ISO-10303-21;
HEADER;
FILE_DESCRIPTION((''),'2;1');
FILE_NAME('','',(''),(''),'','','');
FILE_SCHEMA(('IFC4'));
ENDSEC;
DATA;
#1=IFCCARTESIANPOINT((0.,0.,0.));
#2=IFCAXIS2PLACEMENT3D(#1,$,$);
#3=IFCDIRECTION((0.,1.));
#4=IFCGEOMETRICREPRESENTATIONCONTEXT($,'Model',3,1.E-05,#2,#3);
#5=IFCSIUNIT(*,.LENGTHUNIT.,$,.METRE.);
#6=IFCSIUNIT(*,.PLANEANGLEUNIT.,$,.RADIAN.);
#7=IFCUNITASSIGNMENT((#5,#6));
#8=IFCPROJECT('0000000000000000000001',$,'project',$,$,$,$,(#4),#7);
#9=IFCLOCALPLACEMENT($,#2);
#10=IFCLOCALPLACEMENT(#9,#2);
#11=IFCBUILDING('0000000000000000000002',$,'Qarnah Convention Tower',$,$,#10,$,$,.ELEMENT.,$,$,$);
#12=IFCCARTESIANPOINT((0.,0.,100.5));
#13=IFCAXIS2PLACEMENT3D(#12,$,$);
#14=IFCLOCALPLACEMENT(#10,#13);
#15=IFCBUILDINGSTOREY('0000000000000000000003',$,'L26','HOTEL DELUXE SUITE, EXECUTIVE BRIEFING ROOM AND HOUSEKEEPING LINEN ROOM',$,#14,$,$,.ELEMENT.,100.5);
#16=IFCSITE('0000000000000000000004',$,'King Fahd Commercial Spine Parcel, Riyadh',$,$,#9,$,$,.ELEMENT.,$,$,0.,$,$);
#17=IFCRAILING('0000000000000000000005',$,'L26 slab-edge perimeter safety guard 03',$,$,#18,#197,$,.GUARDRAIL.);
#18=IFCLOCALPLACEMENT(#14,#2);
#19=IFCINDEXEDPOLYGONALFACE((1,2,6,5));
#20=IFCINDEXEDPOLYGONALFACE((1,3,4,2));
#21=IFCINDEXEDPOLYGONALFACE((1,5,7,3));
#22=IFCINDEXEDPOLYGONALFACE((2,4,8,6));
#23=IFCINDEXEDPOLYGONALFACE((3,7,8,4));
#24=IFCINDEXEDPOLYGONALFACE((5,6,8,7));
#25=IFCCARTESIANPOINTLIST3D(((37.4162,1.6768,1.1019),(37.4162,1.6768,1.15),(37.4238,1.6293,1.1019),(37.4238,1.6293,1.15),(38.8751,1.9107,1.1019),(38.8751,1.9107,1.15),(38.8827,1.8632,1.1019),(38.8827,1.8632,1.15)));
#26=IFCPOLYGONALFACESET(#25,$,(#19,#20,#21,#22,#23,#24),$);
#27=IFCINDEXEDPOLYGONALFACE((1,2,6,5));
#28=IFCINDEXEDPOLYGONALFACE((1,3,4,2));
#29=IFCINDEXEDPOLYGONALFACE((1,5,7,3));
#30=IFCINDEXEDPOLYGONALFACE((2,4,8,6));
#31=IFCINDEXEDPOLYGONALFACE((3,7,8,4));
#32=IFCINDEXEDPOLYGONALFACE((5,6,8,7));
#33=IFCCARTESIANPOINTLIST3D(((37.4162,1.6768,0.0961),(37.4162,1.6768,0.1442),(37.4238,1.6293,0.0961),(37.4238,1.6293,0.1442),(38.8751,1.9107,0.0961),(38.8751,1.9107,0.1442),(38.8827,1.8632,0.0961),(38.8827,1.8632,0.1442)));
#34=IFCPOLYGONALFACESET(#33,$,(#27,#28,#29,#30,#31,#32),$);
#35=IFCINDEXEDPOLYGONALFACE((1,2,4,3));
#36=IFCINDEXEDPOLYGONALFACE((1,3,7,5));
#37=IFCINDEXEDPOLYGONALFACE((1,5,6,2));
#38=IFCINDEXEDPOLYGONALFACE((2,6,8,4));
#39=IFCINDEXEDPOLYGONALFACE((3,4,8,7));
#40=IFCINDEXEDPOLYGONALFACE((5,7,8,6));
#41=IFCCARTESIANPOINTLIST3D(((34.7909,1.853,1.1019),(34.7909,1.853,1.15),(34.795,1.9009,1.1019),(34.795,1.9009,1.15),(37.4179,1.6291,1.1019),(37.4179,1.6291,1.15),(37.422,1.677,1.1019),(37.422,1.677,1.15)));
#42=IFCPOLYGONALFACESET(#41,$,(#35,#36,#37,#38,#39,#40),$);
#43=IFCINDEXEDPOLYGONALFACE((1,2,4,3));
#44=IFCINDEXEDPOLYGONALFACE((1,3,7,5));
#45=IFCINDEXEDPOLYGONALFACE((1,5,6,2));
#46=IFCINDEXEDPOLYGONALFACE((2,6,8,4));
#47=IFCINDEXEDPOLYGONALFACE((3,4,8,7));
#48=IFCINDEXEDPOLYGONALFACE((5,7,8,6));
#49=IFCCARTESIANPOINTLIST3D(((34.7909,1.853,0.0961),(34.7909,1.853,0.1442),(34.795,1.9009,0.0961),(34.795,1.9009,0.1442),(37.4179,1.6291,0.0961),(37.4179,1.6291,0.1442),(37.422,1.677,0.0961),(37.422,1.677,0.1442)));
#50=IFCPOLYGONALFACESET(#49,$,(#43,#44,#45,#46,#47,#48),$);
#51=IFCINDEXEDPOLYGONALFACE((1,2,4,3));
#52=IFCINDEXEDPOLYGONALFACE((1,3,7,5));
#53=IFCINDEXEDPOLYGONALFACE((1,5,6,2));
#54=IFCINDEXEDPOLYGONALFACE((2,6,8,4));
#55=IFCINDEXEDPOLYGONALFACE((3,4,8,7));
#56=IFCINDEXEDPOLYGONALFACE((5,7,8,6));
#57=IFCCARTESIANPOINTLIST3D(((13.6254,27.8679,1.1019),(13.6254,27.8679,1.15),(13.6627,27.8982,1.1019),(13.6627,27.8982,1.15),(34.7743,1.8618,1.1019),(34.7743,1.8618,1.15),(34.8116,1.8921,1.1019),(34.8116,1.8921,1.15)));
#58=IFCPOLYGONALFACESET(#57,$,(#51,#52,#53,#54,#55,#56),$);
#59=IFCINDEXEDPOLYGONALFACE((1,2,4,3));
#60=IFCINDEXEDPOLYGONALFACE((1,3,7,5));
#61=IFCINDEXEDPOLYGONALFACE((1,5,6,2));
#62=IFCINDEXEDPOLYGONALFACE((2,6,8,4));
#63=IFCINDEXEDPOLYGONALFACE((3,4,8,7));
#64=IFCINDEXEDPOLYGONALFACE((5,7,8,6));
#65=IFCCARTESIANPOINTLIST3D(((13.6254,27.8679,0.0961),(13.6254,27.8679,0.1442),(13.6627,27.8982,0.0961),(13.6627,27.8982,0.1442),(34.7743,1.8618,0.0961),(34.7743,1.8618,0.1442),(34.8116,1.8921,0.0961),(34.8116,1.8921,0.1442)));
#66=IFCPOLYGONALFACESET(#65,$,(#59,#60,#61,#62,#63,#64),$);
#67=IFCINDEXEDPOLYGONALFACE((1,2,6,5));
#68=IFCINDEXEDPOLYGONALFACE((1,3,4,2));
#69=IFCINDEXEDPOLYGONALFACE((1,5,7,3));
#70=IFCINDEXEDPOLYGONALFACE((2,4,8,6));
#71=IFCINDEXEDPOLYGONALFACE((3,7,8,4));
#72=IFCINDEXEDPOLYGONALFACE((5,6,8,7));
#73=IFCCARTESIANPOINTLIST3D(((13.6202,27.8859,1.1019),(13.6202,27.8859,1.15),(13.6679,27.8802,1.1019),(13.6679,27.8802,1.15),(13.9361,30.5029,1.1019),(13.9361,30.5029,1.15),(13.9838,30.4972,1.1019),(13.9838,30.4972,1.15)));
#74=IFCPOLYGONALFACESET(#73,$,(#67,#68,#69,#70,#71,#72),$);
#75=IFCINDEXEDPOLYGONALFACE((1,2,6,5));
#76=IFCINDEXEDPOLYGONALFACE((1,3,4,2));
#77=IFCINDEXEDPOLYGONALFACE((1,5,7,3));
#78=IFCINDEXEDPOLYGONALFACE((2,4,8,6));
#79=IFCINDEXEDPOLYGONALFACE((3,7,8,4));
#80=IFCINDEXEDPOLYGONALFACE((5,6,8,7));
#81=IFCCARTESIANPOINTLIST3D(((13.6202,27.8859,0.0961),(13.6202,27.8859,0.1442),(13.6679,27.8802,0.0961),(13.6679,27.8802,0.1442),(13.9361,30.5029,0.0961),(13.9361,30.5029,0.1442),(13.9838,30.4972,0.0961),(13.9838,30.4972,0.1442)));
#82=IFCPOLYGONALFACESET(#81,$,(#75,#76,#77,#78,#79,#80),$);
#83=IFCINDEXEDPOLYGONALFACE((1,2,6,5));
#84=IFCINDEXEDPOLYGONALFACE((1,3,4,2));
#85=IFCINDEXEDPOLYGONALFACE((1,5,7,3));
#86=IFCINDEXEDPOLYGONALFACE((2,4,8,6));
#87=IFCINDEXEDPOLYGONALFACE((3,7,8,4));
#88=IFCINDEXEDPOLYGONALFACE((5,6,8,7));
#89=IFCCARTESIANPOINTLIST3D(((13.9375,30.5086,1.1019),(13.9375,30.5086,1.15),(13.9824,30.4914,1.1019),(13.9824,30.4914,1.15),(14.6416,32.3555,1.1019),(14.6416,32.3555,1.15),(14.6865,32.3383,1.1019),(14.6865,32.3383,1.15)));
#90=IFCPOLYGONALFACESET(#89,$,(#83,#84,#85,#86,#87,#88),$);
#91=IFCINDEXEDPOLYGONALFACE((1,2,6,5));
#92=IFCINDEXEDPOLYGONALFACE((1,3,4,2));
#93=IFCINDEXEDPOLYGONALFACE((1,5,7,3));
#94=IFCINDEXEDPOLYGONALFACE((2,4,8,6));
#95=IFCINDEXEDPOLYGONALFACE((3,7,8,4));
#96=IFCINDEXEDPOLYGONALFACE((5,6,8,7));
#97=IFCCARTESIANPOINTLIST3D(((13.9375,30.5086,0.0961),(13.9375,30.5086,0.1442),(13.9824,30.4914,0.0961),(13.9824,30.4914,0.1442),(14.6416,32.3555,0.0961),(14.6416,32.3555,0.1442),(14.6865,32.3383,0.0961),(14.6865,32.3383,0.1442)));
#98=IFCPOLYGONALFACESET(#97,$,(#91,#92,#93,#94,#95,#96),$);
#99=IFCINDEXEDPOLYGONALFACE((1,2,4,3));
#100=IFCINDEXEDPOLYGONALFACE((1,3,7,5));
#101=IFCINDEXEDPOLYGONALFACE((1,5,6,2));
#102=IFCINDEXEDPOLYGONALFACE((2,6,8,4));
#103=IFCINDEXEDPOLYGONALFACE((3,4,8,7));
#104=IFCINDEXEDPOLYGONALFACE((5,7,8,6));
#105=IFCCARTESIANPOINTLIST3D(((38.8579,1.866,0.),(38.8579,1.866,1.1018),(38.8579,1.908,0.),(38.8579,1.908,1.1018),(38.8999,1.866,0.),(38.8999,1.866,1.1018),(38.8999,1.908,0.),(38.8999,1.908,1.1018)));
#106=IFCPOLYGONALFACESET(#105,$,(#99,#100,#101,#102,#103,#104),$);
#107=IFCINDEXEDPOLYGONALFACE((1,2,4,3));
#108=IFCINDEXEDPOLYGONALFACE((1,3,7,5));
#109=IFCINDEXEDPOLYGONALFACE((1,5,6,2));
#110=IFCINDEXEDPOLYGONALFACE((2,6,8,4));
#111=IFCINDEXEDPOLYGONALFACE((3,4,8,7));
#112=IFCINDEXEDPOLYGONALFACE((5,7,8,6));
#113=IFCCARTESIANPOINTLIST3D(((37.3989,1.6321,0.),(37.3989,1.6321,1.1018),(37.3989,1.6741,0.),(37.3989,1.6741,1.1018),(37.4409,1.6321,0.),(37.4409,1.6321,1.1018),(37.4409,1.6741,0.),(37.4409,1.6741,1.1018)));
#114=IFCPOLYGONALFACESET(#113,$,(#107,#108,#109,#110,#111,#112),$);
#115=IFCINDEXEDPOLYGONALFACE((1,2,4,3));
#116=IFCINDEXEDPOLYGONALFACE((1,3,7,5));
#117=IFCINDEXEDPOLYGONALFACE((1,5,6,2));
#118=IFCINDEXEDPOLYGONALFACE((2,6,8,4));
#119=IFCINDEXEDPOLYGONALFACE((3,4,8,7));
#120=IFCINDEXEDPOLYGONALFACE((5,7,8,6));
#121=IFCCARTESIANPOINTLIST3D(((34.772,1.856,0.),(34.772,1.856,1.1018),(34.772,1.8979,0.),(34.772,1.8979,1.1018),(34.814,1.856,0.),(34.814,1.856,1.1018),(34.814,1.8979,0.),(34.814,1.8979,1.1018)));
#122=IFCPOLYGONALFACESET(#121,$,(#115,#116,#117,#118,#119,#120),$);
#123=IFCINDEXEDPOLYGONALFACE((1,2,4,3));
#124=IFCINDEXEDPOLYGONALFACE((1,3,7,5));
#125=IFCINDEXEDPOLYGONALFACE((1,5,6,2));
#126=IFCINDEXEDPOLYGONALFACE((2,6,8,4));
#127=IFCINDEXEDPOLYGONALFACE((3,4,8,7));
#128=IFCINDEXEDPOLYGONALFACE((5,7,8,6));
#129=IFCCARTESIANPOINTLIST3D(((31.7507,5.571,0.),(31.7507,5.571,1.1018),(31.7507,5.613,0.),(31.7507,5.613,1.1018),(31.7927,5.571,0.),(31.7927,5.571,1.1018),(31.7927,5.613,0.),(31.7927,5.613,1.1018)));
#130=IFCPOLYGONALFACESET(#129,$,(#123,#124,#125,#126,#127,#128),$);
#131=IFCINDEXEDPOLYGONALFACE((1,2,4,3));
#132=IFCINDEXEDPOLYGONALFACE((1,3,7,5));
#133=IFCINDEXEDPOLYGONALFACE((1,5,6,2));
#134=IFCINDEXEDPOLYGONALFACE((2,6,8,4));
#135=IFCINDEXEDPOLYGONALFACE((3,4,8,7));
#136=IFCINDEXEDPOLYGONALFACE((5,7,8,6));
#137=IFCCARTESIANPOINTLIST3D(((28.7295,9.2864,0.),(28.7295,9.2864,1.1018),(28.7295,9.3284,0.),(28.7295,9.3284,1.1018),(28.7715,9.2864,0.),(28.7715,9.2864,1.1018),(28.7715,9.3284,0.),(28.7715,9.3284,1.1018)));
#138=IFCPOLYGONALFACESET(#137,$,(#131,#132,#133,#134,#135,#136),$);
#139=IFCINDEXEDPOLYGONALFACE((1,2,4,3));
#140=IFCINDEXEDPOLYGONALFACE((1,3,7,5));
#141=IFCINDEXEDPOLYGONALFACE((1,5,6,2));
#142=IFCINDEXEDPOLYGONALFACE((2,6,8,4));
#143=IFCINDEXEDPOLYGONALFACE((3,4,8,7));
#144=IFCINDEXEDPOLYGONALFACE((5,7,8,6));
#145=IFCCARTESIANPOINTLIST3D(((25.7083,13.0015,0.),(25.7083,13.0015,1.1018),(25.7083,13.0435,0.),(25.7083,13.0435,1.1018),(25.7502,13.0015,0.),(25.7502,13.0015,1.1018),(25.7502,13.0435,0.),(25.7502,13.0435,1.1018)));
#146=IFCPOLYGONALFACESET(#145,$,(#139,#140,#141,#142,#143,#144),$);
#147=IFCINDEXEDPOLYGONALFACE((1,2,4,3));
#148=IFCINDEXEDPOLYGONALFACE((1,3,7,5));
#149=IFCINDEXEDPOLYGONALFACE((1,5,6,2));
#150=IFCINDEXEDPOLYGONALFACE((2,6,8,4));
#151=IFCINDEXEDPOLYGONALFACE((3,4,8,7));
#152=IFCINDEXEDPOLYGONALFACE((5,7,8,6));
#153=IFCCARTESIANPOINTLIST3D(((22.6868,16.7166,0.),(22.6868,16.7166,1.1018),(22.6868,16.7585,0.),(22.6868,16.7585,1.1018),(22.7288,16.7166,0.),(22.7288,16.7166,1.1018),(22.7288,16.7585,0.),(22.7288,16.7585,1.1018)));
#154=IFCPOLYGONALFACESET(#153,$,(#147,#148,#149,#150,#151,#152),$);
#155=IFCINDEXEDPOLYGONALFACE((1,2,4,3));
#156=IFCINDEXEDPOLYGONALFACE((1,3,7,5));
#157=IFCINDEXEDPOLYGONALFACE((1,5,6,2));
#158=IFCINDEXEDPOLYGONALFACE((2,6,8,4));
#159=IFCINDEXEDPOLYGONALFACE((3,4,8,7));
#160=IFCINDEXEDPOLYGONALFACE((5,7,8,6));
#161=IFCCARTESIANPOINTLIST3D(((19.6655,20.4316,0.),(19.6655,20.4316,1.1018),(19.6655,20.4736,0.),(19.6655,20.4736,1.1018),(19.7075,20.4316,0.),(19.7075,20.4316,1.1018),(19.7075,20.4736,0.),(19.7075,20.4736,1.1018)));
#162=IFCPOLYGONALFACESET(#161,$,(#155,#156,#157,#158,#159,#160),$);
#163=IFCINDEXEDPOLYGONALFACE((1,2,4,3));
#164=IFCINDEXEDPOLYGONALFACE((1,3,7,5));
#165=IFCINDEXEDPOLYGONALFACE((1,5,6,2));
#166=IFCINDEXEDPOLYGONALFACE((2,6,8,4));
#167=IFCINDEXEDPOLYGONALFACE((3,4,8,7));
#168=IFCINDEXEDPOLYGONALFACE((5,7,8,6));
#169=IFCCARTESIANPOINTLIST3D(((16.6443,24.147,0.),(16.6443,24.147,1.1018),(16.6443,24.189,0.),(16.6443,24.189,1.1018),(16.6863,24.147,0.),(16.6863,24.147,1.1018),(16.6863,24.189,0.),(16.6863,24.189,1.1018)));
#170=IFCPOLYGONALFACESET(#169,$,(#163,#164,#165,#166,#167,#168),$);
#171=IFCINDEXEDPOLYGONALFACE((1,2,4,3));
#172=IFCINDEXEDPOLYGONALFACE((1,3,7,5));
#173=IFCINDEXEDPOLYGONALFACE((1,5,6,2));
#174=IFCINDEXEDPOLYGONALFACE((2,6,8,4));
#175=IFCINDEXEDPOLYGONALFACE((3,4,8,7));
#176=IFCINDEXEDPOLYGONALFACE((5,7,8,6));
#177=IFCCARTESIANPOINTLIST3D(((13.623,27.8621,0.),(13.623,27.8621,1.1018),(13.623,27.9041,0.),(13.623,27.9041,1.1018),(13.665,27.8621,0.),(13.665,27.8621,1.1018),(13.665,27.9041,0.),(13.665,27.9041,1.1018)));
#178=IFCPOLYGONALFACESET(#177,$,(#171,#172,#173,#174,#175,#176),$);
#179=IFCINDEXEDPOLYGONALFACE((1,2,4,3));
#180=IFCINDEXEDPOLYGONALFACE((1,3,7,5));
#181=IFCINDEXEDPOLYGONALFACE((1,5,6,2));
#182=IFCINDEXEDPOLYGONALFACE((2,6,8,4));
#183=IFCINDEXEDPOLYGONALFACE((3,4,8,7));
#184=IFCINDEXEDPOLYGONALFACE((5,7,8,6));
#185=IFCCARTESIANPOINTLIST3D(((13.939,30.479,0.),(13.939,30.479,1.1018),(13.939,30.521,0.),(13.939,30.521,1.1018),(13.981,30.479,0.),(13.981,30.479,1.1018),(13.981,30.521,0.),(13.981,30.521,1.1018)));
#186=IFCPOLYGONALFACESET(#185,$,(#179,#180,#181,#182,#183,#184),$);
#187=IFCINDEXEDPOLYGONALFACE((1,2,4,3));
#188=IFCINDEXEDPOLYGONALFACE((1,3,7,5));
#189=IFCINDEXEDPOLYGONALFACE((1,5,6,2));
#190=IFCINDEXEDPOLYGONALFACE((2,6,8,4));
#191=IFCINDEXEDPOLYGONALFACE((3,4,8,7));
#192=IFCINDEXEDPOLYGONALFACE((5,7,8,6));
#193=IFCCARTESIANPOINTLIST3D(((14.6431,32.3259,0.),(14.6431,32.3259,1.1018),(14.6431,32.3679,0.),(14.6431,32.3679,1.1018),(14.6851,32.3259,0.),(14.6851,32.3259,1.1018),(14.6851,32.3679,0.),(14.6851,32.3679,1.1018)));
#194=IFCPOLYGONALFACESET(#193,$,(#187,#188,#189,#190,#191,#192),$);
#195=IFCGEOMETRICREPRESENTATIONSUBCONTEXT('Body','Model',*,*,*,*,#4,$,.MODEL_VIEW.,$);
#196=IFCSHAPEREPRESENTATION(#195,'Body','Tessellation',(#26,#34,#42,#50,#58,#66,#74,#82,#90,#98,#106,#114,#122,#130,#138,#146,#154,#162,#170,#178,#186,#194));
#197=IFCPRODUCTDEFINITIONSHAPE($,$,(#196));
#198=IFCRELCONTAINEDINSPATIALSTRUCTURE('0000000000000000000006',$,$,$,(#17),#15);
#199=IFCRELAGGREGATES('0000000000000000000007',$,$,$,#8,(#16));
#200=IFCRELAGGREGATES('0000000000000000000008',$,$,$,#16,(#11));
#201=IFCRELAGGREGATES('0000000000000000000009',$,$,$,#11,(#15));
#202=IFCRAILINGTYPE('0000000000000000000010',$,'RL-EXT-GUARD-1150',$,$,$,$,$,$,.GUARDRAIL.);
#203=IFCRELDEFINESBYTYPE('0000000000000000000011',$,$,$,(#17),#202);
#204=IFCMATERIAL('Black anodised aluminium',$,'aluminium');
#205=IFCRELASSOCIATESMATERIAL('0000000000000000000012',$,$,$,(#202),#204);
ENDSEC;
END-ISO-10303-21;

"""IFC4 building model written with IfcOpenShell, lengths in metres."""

from ifc_helpers import new_model, si_unit, direction, frame, origin, origin_2d, place, context, subcontext, project, spatial, rectangle, extrude, material, type_object, element, save


model = new_model("IFC4")

# Units and contexts
model_context = context("Model", 3, precision=1e-05, world=origin(), true_north=direction((0.0, 1.0)))
body_context = subcontext(model_context, "Body", "Model", "MODEL_VIEW")
ifc_project = project(units=[si_unit("LENGTHUNIT", "METRE"), si_unit("PLANEANGLEUNIT", "RADIAN")], contexts=[model_context])

# Site, building, storey
site_placement = place(None, origin())
site = spatial("IfcSite", under=ifc_project, at=site_placement, Name="King Fahd Commercial Spine Parcel, Riyadh", CompositionType="ELEMENT", RefElevation=0.0)
building_placement = place(site_placement, origin())
building = spatial("IfcBuilding", under=site, at=building_placement, Name="Qarnah Convention Tower", CompositionType="ELEMENT")
storey_placement = place(building_placement, frame((0.0, 0.0, 100.5)))
storey = spatial("IfcBuildingStorey", under=building, at=storey_placement, Name="L26", Description="HOTEL DELUXE SUITE, EXECUTIVE BRIEFING ROOM AND HOUSEKEEPING LINEN ROOM", CompositionType="ELEMENT", Elevation=100.5)

# Shared definitions
ifc_material_1 = material(Name="Black anodised aluminium", Category="aluminium")

# Railing
railing_type = type_object("IfcRailingType", Name="RL-EXT-GUARD-1150", PredefinedType="GUARDRAIL", material=ifc_material_1)
railing_1_placement = place(storey_placement, frame((38.8789, 1.887, 0.0)))
element("IfcRailing", 1, at=railing_1_placement, inside=storey, type_object=railing_type, Name="L26 slab-edge perimeter safety guard 03", PredefinedType="GUARDRAIL", context=body_context, shape_type="SweptSolid", body=[
    extrude(rectangle(XDim=0.0481, YDim=0.0481, at=origin_2d()), frame((0.0, 0.0, 1.126), z_axis=(-0.987393, -0.158287, 0.0), x_axis=(0.158287, -0.987393, 0.0)), (0.0, 0.0, 1.0), 1.4775),
    extrude(rectangle(XDim=0.0481, YDim=0.0481, at=origin_2d()), frame((0.0, 0.0, 0.1201), z_axis=(-0.987393, -0.158287, 0.0), x_axis=(0.158287, -0.987393, 0.0)), (0.0, 0.0, 1.0), 1.4775),
    extrude(rectangle(XDim=0.0481, YDim=0.0481, at=origin_2d()), frame((-1.459, -0.2339, 1.126), z_axis=(-0.996388, 0.084915, 0.0), x_axis=(-0.084915, -0.996388, 0.0)), (0.0, 0.0, 1.0), 2.6365),
    extrude(rectangle(XDim=0.0481, YDim=0.0481, at=origin_2d()), frame((-1.459, -0.2339, 0.1201), z_axis=(-0.996388, 0.084915, 0.0), x_axis=(-0.084915, -0.996388, 0.0)), (0.0, 0.0, 1.0), 2.6365),
    extrude(rectangle(XDim=0.0481, YDim=0.0481, at=origin_2d()), frame((-4.0859, -0.01, 1.126), z_axis=(-0.630933, 0.775837, 0.0), x_axis=(-0.775837, -0.630933, 0.0)), (0.0, 0.0, 1.0), 33.52),
    extrude(rectangle(XDim=0.0481, YDim=0.0481, at=origin_2d()), frame((-4.0859, -0.01, 0.1201), z_axis=(-0.630933, 0.775837, 0.0), x_axis=(-0.775837, -0.630933, 0.0)), (0.0, 0.0, 1.0), 33.52),
    extrude(rectangle(XDim=0.0481, YDim=0.0481, at=origin_2d()), frame((-25.2349, 25.9961, 1.126), z_axis=(0.11985, 0.992792, 0.0), x_axis=(-0.992792, 0.11985, 0.0)), (0.0, 0.0, 1.0), 2.636),
    extrude(rectangle(XDim=0.0481, YDim=0.0481, at=origin_2d()), frame((-25.2349, 25.9961, 0.1201), z_axis=(0.11985, 0.992792, 0.0), x_axis=(-0.992792, 0.11985, 0.0)), (0.0, 0.0, 1.0), 2.636),
    extrude(rectangle(XDim=0.0481, YDim=0.0481, at=origin_2d()), frame((-24.9189, 28.613, 1.126), z_axis=(0.356221, 0.934402, 0.0), x_axis=(-0.934402, 0.356221, 0.0)), (0.0, 0.0, 1.0), 1.9766),
    extrude(rectangle(XDim=0.0481, YDim=0.0481, at=origin_2d()), frame((-24.9189, 28.613, 0.1201), z_axis=(0.356221, 0.934402, 0.0), x_axis=(-0.934402, 0.356221, 0.0)), (0.0, 0.0, 1.0), 1.9766),
    extrude(rectangle(XDim=0.042, YDim=0.042, at=origin_2d()), origin(), (0.0, 0.0, 1.0), 1.1018),
    extrude(rectangle(XDim=0.042, YDim=0.042, at=origin_2d()), frame((-1.459, -0.2339, 0.0)), (0.0, 0.0, 1.0), 1.1018),
    extrude(rectangle(XDim=0.042, YDim=0.042, at=origin_2d()), frame((-4.0859, -0.01, 0.0)), (0.0, 0.0, 1.0), 1.1018),
    extrude(rectangle(XDim=0.042, YDim=0.042, at=origin_2d()), frame((-7.1072, 3.7051, 0.0)), (0.0, 0.0, 1.0), 1.1018),
    extrude(rectangle(XDim=0.042, YDim=0.042, at=origin_2d()), frame((-10.1284, 7.4204, 0.0)), (0.0, 0.0, 1.0), 1.1018),
    extrude(rectangle(XDim=0.042, YDim=0.042, at=origin_2d()), frame((-13.1497, 11.1355, 0.0)), (0.0, 0.0, 1.0), 1.1018),
    extrude(rectangle(XDim=0.042, YDim=0.042, at=origin_2d()), frame((-16.1711, 14.8506, 0.0)), (0.0, 0.0, 1.0), 1.1018),
    extrude(rectangle(XDim=0.042, YDim=0.042, at=origin_2d()), frame((-19.1924, 18.5657, 0.0)), (0.0, 0.0, 1.0), 1.1018),
    extrude(rectangle(XDim=0.042, YDim=0.042, at=origin_2d()), frame((-22.2136, 22.281, 0.0)), (0.0, 0.0, 1.0), 1.1018),
    extrude(rectangle(XDim=0.042, YDim=0.042, at=origin_2d()), frame((-25.2349, 25.9961, 0.0)), (0.0, 0.0, 1.0), 1.1018),
    extrude(rectangle(XDim=0.042, YDim=0.042, at=origin_2d()), frame((-24.9189, 28.613, 0.0)), (0.0, 0.0, 1.0), 1.1018),
    extrude(rectangle(XDim=0.042, YDim=0.042, at=origin_2d()), frame((-24.2148, 30.46, 0.0)), (0.0, 0.0, 1.0), 1.1018),
])

save(model, "model.ifc")
